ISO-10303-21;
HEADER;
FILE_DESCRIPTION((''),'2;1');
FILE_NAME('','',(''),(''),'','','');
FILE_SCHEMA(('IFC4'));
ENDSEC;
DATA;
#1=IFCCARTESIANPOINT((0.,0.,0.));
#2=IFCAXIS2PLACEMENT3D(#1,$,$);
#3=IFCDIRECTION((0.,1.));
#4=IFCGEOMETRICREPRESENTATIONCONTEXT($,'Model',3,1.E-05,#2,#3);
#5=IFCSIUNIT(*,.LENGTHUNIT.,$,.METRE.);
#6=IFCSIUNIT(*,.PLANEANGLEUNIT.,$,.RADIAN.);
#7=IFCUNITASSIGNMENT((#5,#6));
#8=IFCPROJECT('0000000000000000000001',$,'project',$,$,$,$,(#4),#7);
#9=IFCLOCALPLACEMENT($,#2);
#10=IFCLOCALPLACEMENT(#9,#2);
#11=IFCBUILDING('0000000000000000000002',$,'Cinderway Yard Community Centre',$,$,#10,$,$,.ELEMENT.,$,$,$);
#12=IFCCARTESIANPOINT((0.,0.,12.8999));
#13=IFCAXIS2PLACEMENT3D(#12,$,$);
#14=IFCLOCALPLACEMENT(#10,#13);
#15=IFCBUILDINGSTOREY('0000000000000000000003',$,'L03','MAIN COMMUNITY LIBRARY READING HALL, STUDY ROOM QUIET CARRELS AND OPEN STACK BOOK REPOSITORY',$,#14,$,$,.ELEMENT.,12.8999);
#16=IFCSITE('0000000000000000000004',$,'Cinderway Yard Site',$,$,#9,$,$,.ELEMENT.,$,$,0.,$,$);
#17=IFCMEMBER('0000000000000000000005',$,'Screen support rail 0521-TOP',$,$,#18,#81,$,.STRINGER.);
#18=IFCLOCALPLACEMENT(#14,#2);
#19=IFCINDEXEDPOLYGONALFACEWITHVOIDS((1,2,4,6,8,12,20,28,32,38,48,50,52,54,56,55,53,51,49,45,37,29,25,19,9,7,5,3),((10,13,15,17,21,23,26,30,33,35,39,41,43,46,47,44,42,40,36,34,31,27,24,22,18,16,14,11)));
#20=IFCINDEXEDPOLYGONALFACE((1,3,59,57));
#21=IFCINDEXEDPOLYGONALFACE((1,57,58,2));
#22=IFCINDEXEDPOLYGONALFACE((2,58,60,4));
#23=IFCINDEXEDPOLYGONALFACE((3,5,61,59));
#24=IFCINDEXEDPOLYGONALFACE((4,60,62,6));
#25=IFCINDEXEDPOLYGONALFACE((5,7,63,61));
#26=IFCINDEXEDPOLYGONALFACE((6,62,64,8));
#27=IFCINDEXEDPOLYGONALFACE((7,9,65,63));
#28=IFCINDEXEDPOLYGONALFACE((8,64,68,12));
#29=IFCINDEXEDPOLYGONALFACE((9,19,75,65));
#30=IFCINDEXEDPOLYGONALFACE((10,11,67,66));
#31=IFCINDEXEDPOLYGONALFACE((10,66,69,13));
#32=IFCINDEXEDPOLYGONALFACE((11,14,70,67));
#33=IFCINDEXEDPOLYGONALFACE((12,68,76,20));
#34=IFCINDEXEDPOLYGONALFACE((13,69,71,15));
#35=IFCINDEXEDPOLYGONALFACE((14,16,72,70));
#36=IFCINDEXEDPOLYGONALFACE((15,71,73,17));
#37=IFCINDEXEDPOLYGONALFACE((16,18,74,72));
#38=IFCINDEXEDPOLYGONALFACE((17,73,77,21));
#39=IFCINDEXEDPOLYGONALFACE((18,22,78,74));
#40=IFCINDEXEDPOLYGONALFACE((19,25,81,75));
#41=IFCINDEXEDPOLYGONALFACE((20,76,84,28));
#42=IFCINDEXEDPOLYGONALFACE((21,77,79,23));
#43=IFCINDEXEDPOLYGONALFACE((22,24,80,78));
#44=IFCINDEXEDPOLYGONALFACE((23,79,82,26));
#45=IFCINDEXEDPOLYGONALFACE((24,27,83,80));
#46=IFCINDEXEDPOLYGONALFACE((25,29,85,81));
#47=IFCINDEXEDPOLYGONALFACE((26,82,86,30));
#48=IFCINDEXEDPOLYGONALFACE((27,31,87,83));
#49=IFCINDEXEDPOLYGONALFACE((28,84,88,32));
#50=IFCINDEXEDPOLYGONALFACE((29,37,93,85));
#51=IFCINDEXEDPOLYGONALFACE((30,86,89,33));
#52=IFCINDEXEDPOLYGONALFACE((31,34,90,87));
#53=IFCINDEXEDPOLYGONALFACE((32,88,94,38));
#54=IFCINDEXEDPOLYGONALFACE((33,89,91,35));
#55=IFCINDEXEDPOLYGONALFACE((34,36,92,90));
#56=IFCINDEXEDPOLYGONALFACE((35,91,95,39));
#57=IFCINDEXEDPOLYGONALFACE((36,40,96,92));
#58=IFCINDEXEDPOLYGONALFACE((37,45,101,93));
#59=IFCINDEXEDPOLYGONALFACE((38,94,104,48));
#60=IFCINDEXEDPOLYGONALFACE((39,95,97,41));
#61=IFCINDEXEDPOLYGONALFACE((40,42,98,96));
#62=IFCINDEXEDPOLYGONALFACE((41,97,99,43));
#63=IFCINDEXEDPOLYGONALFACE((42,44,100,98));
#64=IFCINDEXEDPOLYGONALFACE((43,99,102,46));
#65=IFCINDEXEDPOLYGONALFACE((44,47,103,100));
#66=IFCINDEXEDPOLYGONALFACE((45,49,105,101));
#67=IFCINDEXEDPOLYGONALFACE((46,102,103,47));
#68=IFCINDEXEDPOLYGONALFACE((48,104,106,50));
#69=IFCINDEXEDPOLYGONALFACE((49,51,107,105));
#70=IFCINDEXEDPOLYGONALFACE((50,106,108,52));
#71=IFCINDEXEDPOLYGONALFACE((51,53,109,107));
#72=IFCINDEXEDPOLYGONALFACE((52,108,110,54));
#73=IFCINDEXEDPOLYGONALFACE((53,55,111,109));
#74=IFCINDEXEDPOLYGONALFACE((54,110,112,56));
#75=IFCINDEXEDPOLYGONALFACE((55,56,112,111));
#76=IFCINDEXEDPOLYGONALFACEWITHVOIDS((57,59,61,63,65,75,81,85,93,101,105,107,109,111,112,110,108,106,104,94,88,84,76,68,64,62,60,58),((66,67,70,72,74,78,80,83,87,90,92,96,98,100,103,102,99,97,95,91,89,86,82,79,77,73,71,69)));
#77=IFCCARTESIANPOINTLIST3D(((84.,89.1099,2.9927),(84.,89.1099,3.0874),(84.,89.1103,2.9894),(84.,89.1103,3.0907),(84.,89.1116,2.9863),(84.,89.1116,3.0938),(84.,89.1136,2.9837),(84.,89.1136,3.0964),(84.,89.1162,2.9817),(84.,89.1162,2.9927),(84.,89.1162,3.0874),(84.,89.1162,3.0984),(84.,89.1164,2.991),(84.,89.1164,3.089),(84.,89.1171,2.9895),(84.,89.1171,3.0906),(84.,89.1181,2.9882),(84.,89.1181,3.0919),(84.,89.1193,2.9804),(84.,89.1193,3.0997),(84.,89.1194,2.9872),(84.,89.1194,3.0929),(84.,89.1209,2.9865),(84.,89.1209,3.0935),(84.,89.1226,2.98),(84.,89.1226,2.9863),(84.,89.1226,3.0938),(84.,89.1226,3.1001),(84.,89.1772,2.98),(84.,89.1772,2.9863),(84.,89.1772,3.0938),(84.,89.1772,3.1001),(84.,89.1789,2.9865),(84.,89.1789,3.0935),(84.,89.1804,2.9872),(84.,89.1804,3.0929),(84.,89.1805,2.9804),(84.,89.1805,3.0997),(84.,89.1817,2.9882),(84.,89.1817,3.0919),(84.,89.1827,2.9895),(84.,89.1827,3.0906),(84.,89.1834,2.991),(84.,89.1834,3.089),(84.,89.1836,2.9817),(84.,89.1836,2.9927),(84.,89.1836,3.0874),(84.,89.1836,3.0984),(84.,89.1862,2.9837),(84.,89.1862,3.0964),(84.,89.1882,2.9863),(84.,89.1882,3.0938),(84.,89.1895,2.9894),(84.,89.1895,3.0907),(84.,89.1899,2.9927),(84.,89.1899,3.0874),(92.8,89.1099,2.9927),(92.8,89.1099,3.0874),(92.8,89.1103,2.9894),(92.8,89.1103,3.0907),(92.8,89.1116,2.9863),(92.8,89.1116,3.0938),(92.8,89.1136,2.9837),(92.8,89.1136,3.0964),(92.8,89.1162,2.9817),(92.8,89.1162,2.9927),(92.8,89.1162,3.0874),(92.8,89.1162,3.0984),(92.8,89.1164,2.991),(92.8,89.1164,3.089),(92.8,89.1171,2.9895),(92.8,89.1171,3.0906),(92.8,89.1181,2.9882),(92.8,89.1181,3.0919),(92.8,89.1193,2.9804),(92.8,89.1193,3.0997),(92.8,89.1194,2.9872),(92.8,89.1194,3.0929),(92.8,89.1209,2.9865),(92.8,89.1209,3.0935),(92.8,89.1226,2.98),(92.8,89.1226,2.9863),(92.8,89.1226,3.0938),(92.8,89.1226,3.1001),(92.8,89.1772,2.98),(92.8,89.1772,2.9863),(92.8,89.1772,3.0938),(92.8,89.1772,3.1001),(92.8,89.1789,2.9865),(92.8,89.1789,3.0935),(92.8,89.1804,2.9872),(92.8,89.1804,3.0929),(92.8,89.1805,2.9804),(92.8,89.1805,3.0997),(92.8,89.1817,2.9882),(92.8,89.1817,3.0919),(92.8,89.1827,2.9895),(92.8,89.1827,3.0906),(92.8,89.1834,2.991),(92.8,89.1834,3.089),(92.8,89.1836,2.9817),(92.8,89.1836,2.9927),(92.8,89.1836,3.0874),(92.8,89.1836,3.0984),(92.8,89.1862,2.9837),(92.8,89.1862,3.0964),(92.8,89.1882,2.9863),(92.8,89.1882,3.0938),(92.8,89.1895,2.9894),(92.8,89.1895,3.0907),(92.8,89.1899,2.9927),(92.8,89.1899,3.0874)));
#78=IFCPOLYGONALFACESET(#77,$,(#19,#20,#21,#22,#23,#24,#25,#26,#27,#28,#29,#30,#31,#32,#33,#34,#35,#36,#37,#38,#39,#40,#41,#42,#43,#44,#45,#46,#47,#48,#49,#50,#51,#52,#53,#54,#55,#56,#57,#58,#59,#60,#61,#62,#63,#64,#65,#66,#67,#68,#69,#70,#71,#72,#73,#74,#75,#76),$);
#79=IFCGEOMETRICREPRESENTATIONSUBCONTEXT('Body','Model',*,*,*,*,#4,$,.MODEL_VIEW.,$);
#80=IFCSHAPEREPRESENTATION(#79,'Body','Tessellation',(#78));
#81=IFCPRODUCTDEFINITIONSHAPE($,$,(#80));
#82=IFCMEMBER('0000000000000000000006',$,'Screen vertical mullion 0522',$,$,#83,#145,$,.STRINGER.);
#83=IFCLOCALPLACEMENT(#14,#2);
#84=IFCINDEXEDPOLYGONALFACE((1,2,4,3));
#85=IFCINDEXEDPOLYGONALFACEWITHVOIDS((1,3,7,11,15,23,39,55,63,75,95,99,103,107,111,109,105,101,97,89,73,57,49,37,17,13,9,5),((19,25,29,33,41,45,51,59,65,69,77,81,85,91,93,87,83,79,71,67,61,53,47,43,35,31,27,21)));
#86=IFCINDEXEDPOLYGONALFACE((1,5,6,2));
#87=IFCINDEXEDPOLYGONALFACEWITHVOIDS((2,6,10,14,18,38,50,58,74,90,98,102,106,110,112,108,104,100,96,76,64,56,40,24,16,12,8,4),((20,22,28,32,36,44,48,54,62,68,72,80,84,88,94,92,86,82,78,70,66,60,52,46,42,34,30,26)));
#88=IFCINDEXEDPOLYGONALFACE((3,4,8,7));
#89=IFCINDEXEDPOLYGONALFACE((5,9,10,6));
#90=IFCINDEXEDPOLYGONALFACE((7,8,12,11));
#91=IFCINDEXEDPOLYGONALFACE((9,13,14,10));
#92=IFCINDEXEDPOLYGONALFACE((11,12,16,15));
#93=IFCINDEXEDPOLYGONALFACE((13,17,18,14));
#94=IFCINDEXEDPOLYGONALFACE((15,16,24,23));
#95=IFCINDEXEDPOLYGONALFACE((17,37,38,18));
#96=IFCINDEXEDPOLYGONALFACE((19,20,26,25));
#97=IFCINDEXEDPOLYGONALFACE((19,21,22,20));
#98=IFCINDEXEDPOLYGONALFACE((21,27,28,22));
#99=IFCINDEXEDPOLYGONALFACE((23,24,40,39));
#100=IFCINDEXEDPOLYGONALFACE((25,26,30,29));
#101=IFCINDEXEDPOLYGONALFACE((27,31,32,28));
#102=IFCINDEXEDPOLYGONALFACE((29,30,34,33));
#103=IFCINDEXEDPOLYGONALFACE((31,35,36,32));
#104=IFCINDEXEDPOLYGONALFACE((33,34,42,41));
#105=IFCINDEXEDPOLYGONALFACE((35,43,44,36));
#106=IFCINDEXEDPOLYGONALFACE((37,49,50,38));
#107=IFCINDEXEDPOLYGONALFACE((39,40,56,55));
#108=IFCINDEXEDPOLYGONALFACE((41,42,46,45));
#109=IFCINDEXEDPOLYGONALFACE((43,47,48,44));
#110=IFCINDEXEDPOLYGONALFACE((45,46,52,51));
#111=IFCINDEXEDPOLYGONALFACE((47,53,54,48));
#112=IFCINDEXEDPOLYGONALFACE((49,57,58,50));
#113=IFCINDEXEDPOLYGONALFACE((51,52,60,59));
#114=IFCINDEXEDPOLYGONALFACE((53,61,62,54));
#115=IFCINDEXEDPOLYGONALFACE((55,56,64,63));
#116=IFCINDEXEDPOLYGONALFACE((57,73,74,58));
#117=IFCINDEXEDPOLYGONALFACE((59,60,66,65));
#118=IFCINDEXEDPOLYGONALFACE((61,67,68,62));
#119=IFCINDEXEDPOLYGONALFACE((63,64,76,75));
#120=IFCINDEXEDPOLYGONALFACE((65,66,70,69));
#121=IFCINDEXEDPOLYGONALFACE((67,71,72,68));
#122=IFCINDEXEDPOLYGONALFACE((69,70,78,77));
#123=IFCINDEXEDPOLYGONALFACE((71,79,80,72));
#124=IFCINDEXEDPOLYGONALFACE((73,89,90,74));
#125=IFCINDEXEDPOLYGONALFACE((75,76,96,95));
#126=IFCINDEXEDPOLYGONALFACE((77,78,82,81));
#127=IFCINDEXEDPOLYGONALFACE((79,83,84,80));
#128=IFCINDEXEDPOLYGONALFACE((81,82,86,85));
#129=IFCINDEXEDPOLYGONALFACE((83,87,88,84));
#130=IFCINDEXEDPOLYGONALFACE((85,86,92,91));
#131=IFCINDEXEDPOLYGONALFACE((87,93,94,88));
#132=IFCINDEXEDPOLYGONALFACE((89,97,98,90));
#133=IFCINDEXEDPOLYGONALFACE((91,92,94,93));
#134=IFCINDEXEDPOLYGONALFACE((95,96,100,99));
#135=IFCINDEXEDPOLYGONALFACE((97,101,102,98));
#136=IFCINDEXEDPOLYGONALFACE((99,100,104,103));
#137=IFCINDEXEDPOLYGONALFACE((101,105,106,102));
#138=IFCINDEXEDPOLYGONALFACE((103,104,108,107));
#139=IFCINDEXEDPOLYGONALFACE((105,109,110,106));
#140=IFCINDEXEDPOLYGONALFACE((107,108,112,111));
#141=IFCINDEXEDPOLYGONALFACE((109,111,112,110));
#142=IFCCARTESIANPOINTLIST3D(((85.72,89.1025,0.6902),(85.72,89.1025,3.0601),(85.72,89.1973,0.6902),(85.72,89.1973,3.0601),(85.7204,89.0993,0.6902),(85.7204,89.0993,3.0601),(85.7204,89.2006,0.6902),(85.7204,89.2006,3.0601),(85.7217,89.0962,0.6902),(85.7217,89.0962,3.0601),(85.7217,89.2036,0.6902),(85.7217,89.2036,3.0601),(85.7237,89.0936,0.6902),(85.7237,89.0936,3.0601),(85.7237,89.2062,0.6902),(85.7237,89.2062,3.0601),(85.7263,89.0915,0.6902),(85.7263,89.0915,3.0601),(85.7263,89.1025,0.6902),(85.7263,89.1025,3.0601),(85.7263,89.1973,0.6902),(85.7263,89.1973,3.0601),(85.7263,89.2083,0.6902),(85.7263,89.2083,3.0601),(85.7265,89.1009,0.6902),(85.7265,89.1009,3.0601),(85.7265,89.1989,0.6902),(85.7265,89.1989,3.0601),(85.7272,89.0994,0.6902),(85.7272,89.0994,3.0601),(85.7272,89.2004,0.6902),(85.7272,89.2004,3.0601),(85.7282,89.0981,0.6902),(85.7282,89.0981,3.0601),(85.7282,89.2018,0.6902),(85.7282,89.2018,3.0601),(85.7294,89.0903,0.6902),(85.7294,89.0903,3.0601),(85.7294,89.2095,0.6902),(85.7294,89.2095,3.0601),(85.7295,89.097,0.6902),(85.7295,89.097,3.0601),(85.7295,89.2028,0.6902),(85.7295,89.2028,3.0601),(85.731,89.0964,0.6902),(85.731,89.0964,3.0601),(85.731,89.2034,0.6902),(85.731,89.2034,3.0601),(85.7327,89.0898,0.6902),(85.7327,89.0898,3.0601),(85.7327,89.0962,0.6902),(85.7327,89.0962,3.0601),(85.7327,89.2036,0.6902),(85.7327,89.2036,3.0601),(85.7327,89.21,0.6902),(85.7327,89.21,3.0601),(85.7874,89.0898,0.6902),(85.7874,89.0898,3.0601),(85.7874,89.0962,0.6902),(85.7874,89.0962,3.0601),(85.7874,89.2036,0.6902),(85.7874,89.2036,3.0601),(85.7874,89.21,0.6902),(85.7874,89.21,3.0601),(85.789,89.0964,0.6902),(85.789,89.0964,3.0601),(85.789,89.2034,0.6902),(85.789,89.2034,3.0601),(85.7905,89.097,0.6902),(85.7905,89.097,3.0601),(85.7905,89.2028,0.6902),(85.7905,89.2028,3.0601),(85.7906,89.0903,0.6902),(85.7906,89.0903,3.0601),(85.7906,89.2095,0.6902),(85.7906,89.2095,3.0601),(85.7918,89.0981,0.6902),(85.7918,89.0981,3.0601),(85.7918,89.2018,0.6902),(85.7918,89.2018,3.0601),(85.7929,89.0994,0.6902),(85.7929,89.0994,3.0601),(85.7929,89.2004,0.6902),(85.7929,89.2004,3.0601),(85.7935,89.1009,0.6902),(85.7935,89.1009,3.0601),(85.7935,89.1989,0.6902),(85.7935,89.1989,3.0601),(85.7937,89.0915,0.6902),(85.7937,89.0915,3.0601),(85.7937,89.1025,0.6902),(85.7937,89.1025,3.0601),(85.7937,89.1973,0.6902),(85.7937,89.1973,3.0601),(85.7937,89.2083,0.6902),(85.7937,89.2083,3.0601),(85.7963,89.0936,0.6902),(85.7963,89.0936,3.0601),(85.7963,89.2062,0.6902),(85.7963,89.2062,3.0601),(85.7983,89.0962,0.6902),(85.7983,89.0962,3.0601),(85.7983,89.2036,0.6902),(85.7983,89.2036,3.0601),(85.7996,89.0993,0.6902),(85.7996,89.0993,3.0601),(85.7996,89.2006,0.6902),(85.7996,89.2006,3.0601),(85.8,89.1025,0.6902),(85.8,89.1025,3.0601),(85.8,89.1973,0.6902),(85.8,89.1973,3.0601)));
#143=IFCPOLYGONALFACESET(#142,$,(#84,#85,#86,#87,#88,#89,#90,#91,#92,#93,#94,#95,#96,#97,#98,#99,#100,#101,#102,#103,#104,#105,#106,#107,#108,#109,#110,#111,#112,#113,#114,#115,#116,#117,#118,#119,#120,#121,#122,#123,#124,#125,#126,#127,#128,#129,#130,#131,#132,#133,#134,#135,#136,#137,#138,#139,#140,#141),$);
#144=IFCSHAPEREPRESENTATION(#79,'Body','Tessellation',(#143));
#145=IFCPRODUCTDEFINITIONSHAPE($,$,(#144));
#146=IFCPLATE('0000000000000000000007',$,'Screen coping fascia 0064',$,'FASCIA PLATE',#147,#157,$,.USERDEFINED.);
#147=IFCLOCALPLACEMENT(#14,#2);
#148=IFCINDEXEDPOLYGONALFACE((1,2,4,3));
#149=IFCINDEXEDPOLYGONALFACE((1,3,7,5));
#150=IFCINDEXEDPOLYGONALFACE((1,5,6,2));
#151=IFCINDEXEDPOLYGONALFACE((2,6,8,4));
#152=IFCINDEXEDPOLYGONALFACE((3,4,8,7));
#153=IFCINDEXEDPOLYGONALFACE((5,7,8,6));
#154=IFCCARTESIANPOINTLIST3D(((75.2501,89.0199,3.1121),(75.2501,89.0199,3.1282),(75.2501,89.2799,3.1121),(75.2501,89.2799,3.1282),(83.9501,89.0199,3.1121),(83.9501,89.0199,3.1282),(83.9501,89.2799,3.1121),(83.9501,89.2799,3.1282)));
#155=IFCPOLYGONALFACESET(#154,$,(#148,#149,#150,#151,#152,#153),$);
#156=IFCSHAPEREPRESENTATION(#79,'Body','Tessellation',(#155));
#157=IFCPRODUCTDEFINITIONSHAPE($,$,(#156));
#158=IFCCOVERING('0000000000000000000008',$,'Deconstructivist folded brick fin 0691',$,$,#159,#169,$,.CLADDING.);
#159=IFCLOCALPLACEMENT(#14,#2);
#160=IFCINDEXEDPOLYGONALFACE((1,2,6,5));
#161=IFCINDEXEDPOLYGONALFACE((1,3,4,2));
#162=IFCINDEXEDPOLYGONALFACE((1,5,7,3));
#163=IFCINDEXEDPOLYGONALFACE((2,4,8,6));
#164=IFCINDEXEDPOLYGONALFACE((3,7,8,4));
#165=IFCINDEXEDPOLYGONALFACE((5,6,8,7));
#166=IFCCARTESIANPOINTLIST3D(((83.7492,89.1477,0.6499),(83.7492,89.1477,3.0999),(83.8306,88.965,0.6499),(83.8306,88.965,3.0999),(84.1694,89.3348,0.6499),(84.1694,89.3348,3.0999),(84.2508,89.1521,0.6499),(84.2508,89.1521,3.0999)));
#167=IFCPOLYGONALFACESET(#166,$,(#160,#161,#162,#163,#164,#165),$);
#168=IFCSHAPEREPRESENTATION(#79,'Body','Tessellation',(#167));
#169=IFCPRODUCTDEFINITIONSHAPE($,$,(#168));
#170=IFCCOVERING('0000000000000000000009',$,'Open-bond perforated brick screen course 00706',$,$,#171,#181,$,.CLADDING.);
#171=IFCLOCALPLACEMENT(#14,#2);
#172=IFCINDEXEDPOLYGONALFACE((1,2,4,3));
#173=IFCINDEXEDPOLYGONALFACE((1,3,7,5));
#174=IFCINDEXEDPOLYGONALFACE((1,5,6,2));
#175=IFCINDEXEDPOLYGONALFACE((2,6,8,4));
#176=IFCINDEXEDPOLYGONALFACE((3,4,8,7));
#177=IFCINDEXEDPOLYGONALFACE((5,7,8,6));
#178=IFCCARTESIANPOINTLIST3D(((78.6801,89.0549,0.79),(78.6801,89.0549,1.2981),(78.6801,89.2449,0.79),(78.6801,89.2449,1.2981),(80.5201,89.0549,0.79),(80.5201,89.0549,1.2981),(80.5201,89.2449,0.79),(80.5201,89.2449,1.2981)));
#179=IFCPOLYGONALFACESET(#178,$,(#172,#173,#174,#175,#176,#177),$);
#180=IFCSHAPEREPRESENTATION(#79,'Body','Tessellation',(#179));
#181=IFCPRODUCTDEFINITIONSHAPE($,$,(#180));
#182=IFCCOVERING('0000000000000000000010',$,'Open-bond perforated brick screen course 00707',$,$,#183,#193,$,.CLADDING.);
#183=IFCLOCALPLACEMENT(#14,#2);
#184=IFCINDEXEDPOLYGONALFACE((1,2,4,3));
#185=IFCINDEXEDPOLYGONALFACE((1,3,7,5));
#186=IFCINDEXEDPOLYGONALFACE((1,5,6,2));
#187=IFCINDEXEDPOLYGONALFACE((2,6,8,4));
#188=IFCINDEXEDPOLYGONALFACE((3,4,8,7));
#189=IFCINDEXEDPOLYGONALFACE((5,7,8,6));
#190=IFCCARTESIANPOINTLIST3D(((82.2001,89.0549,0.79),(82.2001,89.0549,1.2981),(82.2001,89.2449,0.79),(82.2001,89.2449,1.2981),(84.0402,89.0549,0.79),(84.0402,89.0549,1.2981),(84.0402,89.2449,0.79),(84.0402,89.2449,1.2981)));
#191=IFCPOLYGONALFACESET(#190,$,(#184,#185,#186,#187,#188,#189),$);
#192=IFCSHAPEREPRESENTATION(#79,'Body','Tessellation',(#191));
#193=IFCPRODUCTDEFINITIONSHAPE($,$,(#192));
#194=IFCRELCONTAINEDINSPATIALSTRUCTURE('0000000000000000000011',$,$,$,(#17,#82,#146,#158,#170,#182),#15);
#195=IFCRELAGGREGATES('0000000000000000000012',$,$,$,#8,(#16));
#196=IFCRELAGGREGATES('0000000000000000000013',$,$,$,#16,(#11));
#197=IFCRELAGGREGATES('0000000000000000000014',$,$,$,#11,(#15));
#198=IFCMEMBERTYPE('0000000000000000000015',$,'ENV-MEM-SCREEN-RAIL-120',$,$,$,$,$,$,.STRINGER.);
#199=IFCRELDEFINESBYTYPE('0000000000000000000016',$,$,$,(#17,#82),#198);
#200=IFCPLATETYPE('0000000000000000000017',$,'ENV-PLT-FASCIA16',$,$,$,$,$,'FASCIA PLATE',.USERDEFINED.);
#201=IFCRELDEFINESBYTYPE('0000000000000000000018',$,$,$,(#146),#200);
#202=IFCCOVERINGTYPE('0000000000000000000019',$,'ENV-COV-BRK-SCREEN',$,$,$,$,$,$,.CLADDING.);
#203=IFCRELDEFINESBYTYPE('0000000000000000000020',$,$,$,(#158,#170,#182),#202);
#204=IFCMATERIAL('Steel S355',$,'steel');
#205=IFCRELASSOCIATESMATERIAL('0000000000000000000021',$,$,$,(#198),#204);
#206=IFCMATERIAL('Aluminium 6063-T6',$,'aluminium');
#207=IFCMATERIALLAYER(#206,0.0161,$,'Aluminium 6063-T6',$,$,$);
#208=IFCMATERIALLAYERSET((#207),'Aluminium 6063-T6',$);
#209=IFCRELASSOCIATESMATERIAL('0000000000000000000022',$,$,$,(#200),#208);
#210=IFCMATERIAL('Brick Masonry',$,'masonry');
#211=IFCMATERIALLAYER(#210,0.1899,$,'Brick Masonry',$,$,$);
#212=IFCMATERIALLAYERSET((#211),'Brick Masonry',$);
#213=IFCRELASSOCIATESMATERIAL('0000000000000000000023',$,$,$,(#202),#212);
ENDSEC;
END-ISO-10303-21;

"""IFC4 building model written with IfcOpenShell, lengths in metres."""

from ifc_helpers import new_model, si_unit, direction, frame, origin, origin_2d, place, context, subcontext, project, spatial, rectangle, hollow_rectangle, extrude, material, layer, layer_set, material_profile, profile_set, type_object, element, save


model = new_model("IFC4")

# Units and contexts
model_context = context("Model", 3, precision=1e-05, world=origin(), true_north=direction((0.0, 1.0)))
body_context = subcontext(model_context, "Body", "Model", "MODEL_VIEW")
ifc_project = project(units=[si_unit("LENGTHUNIT", "METRE"), si_unit("PLANEANGLEUNIT", "RADIAN")], contexts=[model_context])

# Site, building, storey
site_placement = place(None, origin())
site = spatial("IfcSite", under=ifc_project, at=site_placement, Name="Cinderway Yard Site", CompositionType="ELEMENT", RefElevation=0.0)
building_placement = place(site_placement, origin())
building = spatial("IfcBuilding", under=site, at=building_placement, Name="Cinderway Yard Community Centre", CompositionType="ELEMENT")
storey_placement = place(building_placement, frame((0.0, 0.0, 12.8999)))
storey = spatial("IfcBuildingStorey", under=building, at=storey_placement, Name="L03", Description="MAIN COMMUNITY LIBRARY READING HALL, STUDY ROOM QUIET CARRELS AND OPEN STACK BOOK REPOSITORY", CompositionType="ELEMENT", Elevation=12.8999)

# Members
ifc_material_1 = material(Name="Steel S355", Category="steel")
ifc_material_profile = material_profile(ifc_material_1, hollow_rectangle(XDim=0.0801, YDim=0.1201, WallThickness=0.0063, InnerFilletRadius=0.0063, OuterFilletRadius=0.0127, at=origin_2d()), Name="Steel S355")
ifc_profile_set = profile_set([ifc_material_profile], Name="Steel S355")
member_type = type_object("IfcMemberType", Name="ENV-MEM-SCREEN-RAIL-120", PredefinedType="STRINGER", material=ifc_profile_set)
for number, where, z_axis, x_axis, name in (
    (1, (84.0, 89.1499, 3.04), (1.0, 0.0, 0.0), (0.0, 1.0, 0.0), "Screen support rail 0521-TOP"),
):
    element("IfcMember", number, at=place(storey_placement, frame(where, z_axis=z_axis, x_axis=x_axis)), inside=storey, type_object=member_type, Name=name, PredefinedType="STRINGER", context=body_context, shape_type="SweptSolid", body=[
        extrude(hollow_rectangle(XDim=0.0801, YDim=0.1201, WallThickness=0.0063, InnerFilletRadius=0.0063, OuterFilletRadius=0.0127, at=origin_2d()), origin(), (0.0, 0.0, 1.0), 8.8),
    ])
member_placement = place(storey_placement, frame((85.76, 89.1499, 0.6902), z_axis=(0.0, 0.0, 1.0), x_axis=(1.0, 0.0, 0.0)))
element("IfcMember", 2, at=member_placement, inside=storey, type_object=member_type, Name="Screen vertical mullion 0522", PredefinedType="STRINGER", context=body_context, shape_type="SweptSolid", body=[
    extrude(hollow_rectangle(XDim=0.0801, YDim=0.1201, WallThickness=0.0063, InnerFilletRadius=0.0063, OuterFilletRadius=0.0127, at=origin_2d()), origin(), (0.0, 0.0, 1.0), 2.3699),
])

# Plate
ifc_material_2 = material(Name="Aluminium 6063-T6", Category="aluminium")
ifc_layer_1 = layer(ifc_material_2, 0.0161, Name="Aluminium 6063-T6")
ifc_layer_set_1 = layer_set([ifc_layer_1], Name="Aluminium 6063-T6")
plate_type = type_object("IfcPlateType", Name="ENV-PLT-FASCIA16", ElementType="FASCIA PLATE", PredefinedType="USERDEFINED", material=ifc_layer_set_1)
plate_placement = place(storey_placement, frame((79.6001, 89.1499, 3.1121), z_axis=(0.0, 0.0, 1.0), x_axis=(-1.0, 0.0, 0.0)))
element("IfcPlate", 3, at=plate_placement, inside=storey, type_object=plate_type, Name="Screen coping fascia 0064", ObjectType="FASCIA PLATE", PredefinedType="USERDEFINED", context=body_context, shape_type="SweptSolid", body=[
    extrude(rectangle(XDim=8.7, YDim=0.26, at=origin_2d()), origin(), (0.0, 0.0, 1.0), 0.0161),
])

# Coverings
ifc_material_3 = material(Name="Brick Masonry", Category="masonry")
ifc_layer_2 = layer(ifc_material_3, 0.1899, Name="Brick Masonry")
ifc_layer_set_2 = layer_set([ifc_layer_2], Name="Brick Masonry")
covering_type = type_object("IfcCoveringType", Name="ENV-COV-BRK-SCREEN", PredefinedType="CLADDING", material=ifc_layer_set_2)
covering_placement = place(storey_placement, frame((84.0, 89.1499, 0.6499), z_axis=(0.0, 0.0, 1.0), x_axis=(-0.913545, -0.406737, 0.0)))
element("IfcCovering", 4, at=covering_placement, inside=storey, type_object=covering_type, Name="Deconstructivist folded brick fin 0691", PredefinedType="CLADDING", context=body_context, shape_type="SweptSolid", body=[
    extrude(rectangle(XDim=0.46, YDim=0.2, at=origin_2d()), origin(), (0.0, 0.0, 1.0), 2.45),
])
for number, where, z_axis, x_axis, name in (
    (5, (79.6001, 89.1499, 0.79), (0.0, 0.0, 1.0), (-1.0, 0.0, 0.0), "Open-bond perforated brick screen course 00706"),
    (6, (83.1201, 89.1499, 0.79), (0.0, 0.0, 1.0), (-1.0, 0.0, 0.0), "Open-bond perforated brick screen course 00707"),
):
    element("IfcCovering", number, at=place(storey_placement, frame(where, z_axis=z_axis, x_axis=x_axis)), inside=storey, type_object=covering_type, Name=name, PredefinedType="CLADDING", context=body_context, shape_type="SweptSolid", body=[
        extrude(rectangle(XDim=1.8401, YDim=0.1899, at=origin_2d()), origin(), (0.0, 0.0, 1.0), 0.5081),
    ])

save(model, "model.ifc")
